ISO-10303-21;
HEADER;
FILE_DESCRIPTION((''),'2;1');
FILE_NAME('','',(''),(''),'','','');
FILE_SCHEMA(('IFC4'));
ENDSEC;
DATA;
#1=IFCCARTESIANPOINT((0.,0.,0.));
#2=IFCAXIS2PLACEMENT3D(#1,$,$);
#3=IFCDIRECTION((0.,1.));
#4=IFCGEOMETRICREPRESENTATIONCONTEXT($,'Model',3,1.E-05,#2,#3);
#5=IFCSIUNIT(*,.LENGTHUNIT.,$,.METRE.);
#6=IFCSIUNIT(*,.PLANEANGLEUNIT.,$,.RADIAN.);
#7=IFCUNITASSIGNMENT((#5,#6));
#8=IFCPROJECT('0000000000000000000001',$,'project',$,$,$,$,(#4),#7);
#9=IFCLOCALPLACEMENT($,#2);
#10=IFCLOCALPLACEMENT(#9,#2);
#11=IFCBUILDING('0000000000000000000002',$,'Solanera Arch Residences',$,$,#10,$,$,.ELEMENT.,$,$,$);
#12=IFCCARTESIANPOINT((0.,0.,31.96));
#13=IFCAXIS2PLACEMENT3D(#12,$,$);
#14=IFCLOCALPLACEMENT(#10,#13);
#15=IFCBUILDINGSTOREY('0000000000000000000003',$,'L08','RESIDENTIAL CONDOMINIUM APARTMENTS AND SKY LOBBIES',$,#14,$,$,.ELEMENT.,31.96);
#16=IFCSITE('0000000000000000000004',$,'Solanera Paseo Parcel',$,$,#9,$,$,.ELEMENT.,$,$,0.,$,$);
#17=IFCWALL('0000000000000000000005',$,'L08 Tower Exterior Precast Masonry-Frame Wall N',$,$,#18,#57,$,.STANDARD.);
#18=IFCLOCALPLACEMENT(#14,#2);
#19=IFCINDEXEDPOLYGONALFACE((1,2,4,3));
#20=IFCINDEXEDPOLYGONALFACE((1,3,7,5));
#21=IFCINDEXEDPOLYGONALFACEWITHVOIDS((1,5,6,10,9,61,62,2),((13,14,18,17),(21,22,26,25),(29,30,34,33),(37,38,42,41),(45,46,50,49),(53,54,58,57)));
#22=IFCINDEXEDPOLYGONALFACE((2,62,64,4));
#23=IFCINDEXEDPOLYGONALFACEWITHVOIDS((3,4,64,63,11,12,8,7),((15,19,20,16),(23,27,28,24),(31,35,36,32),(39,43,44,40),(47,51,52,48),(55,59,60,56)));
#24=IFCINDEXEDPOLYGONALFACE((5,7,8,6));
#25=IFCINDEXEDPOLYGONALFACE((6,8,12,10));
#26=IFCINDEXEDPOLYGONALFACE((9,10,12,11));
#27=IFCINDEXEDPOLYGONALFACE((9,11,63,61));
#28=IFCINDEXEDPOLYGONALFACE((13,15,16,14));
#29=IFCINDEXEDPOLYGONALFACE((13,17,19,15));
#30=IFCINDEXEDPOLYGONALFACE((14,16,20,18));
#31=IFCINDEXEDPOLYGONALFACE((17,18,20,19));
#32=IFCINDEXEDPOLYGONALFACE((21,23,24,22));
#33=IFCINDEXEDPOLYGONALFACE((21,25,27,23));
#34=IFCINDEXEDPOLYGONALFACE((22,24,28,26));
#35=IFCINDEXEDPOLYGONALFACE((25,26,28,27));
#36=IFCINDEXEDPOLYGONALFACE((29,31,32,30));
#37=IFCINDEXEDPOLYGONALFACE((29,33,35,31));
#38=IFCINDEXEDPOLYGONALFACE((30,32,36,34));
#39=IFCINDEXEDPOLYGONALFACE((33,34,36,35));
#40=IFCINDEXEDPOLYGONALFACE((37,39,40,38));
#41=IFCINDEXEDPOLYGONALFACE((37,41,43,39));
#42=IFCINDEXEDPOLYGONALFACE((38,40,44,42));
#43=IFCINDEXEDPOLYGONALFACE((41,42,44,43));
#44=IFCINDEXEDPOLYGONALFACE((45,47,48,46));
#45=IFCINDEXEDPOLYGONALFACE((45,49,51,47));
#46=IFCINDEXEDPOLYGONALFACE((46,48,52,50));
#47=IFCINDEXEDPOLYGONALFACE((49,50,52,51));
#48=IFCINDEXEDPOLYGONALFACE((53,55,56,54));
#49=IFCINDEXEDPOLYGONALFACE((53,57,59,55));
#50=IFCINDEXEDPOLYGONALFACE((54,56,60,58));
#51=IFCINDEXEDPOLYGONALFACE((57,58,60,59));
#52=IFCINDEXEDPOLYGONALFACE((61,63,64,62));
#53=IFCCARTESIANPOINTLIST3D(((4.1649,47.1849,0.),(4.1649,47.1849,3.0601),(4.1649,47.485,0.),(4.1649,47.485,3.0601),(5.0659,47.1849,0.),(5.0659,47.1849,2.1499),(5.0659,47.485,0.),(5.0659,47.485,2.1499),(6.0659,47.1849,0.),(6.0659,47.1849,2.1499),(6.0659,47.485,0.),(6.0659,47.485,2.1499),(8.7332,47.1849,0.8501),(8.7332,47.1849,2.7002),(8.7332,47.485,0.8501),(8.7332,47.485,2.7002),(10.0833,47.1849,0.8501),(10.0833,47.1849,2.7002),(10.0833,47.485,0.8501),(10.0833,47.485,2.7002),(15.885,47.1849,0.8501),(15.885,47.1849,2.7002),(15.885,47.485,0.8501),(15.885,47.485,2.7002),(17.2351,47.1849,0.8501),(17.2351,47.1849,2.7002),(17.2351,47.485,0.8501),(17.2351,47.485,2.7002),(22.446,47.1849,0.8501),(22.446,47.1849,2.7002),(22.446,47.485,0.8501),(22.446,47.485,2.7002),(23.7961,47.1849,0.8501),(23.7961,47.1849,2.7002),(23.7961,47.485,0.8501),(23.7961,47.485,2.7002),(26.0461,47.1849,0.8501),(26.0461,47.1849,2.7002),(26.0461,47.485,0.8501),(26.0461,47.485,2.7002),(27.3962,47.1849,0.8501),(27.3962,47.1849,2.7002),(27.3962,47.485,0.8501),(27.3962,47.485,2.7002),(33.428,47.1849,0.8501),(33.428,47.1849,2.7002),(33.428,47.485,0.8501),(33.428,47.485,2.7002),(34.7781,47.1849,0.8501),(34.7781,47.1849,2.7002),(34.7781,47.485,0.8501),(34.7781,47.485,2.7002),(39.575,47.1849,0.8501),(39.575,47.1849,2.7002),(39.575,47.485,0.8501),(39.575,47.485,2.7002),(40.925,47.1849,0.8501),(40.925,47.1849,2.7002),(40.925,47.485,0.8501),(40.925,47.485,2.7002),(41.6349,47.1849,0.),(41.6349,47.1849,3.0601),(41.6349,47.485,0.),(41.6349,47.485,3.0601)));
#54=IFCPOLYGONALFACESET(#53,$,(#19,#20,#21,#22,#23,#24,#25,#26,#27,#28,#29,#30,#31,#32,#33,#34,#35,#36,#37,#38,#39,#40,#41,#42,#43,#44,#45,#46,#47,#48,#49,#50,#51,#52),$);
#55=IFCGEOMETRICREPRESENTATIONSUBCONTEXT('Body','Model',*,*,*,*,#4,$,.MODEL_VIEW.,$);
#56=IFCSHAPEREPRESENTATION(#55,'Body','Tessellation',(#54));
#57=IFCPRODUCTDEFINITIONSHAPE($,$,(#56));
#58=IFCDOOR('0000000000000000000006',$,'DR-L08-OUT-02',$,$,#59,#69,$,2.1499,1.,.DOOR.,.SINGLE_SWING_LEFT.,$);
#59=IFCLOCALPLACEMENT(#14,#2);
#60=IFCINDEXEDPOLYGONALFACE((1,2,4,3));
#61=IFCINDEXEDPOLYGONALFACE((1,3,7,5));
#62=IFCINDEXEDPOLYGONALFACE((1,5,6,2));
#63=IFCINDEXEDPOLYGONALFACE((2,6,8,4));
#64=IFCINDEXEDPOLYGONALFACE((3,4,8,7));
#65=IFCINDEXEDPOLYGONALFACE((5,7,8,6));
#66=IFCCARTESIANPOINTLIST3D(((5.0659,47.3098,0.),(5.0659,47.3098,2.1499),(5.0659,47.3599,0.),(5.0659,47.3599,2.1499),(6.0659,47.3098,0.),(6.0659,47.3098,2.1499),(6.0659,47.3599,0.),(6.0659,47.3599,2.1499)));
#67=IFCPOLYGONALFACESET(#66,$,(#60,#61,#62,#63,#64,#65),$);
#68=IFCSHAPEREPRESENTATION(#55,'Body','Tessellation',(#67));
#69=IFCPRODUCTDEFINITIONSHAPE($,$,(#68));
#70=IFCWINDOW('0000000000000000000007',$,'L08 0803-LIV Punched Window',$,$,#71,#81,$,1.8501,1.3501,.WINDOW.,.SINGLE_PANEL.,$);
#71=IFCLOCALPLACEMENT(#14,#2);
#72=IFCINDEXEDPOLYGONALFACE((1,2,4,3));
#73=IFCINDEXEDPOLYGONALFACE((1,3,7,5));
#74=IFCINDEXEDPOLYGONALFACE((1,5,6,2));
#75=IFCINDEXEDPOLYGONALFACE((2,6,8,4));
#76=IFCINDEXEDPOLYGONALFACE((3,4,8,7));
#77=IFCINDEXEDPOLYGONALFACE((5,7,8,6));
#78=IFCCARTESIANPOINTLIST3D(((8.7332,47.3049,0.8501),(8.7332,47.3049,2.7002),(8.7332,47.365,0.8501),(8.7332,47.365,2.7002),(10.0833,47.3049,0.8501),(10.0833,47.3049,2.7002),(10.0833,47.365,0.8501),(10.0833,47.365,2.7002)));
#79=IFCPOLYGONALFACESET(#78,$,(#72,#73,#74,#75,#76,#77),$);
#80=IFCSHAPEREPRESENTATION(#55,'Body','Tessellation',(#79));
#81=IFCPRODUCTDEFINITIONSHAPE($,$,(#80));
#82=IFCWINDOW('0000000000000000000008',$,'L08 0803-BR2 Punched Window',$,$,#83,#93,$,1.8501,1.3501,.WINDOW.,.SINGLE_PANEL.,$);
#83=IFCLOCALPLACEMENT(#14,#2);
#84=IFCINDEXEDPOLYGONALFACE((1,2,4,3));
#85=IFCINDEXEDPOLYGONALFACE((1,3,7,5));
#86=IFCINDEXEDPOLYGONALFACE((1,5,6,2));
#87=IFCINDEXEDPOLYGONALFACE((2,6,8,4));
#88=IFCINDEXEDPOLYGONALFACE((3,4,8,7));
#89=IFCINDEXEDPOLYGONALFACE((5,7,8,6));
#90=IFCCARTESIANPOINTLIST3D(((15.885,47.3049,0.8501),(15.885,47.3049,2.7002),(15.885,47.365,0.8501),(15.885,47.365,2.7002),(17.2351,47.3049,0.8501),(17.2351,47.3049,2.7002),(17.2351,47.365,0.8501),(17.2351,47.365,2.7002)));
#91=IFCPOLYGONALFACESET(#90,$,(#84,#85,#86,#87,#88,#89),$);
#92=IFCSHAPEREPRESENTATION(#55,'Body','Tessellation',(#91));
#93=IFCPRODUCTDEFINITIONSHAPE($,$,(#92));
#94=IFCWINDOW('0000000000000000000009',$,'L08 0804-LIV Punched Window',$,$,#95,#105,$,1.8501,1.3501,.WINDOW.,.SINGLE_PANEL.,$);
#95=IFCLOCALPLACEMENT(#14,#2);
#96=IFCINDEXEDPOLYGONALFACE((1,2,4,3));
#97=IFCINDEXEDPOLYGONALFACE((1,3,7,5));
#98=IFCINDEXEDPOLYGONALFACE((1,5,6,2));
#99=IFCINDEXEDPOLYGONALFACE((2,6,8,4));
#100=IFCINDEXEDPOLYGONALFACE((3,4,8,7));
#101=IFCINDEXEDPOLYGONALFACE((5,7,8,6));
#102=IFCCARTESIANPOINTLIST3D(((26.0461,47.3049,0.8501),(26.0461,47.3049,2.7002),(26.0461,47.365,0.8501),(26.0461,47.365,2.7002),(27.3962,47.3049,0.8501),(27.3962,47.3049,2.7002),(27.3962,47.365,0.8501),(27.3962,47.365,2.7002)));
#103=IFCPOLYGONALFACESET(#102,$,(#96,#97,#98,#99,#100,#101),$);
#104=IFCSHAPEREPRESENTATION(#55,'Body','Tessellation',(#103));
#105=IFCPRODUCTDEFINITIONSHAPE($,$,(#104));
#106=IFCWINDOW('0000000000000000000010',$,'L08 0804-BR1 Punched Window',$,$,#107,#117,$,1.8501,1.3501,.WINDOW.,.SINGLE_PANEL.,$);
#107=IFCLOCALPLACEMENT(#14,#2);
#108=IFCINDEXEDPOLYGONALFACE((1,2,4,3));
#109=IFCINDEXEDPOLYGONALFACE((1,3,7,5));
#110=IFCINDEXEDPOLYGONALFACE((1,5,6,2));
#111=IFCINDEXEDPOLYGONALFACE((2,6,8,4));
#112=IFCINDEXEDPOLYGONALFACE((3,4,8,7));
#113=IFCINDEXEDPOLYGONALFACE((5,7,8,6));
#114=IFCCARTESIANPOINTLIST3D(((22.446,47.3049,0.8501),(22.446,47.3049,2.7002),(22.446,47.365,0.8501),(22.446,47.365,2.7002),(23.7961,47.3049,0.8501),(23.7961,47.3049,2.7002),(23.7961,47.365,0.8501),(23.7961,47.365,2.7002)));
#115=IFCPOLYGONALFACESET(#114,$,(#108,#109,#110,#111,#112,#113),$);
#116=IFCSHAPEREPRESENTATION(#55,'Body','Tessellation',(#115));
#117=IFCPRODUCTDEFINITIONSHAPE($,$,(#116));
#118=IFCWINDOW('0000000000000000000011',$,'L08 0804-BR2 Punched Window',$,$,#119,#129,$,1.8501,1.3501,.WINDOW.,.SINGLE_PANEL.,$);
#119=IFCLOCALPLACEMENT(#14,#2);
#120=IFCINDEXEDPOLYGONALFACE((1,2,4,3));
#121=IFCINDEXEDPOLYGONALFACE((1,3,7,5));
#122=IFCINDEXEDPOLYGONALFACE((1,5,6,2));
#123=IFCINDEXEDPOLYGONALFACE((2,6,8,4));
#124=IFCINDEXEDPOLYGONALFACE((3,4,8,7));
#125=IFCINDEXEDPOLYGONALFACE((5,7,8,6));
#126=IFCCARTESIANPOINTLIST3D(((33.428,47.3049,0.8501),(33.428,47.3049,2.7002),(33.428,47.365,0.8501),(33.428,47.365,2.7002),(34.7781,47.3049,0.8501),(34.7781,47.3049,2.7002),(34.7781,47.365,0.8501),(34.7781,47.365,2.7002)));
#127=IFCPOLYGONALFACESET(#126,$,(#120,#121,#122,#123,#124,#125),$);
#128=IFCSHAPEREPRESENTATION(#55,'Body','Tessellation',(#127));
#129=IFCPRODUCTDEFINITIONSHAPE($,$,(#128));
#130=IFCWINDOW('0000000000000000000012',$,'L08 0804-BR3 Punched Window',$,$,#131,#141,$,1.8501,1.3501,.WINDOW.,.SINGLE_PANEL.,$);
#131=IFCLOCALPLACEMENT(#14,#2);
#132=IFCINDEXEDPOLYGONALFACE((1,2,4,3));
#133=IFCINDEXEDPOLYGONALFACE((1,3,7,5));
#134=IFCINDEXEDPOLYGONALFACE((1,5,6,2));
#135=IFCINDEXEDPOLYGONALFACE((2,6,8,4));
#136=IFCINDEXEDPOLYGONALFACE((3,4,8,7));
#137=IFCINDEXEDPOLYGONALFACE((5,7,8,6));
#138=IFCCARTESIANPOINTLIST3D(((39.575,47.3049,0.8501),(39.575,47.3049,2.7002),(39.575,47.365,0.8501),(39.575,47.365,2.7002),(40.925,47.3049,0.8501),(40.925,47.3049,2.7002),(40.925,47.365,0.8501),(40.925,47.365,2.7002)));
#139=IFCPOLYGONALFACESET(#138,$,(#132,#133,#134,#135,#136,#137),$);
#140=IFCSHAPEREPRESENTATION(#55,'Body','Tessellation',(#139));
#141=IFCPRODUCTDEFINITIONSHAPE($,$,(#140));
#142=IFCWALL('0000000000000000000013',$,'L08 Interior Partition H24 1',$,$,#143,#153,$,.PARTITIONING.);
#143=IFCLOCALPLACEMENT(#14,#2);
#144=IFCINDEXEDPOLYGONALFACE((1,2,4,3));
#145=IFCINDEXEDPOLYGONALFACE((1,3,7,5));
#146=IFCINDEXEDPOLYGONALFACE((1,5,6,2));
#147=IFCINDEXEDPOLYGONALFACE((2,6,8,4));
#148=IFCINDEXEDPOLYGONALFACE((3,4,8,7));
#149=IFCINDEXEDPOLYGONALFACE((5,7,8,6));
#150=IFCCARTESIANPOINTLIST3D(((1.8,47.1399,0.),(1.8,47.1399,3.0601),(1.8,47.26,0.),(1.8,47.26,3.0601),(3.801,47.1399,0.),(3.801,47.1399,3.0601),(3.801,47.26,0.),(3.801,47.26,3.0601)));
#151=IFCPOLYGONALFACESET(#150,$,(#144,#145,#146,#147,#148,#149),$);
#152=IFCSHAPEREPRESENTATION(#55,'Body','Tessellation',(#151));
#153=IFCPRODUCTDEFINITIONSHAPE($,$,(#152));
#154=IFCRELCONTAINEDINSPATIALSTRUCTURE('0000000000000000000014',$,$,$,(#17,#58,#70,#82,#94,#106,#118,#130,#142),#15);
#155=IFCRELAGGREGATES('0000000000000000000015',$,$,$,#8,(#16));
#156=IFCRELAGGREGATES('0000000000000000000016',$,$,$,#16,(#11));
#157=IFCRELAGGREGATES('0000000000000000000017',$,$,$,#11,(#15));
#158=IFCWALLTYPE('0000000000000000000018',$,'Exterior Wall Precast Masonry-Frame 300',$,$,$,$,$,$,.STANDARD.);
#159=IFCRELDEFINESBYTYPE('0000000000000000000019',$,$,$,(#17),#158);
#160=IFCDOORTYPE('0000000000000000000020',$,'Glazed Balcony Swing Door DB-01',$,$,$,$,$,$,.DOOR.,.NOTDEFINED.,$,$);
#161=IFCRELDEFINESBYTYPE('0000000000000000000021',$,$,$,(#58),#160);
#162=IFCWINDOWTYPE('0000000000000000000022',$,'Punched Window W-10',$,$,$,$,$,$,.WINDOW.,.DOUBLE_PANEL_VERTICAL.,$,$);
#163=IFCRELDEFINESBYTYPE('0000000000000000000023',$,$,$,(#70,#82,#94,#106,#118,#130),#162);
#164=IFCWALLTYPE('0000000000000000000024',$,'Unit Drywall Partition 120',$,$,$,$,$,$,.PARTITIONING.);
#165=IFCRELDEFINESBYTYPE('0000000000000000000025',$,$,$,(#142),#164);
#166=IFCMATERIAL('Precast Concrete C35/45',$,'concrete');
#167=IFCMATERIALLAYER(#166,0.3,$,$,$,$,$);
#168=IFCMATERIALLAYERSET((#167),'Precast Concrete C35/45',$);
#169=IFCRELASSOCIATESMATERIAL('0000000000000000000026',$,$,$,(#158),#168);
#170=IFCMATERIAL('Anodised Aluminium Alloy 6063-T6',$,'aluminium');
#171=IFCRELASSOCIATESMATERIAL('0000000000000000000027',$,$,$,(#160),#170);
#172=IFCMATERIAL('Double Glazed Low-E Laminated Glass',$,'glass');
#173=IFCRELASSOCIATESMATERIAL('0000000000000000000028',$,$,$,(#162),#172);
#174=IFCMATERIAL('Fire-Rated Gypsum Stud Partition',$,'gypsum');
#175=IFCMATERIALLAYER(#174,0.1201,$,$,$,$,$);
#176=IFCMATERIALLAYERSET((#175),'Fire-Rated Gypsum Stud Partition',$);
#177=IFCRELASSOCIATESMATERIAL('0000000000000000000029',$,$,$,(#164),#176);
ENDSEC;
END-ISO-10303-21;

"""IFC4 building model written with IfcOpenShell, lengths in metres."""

from ifc_helpers import new_model, si_unit, direction, frame, frame_2d, origin, place, context, subcontext, project, spatial, rectangle, extrude, material, layer, layer_set, type_object, element, fill, save


model = new_model("IFC4")

# Units and contexts
model_context = context("Model", 3, precision=1e-05, world=origin(), true_north=direction((0.0, 1.0)))
body_context = subcontext(model_context, "Body", "Model", "MODEL_VIEW")
ifc_project = project(units=[si_unit("LENGTHUNIT", "METRE"), si_unit("PLANEANGLEUNIT", "RADIAN")], contexts=[model_context])

# Site, building, storey
site_placement = place(None, origin())
site = spatial("IfcSite", under=ifc_project, at=site_placement, Name="Solanera Paseo Parcel", CompositionType="ELEMENT", RefElevation=0.0)
building_placement = place(site_placement, origin())
building = spatial("IfcBuilding", under=site, at=building_placement, Name="Solanera Arch Residences", CompositionType="ELEMENT")
storey_placement = place(building_placement, frame((0.0, 0.0, 31.96)))
storey = spatial("IfcBuildingStorey", under=building, at=storey_placement, Name="L08", Description="RESIDENTIAL CONDOMINIUM APARTMENTS AND SKY LOBBIES", CompositionType="ELEMENT", Elevation=31.96)

# Shared definitions
ifc_material_1 = material(Name="Precast Concrete C35/45", Category="concrete")
ifc_layer_1 = layer(ifc_material_1, 0.3)
ifc_layer_set_1 = layer_set([ifc_layer_1], Name="Precast Concrete C35/45")
wall_type_1 = type_object("IfcWallType", Name="Exterior Wall Precast Masonry-Frame 300", PredefinedType="STANDARD", material=ifc_layer_set_1)

# Wall, openings, door, windows
wall_1_placement = place(storey_placement, frame((4.165, 47.335, 0.0), z_axis=(0.0, 0.0, 1.0), x_axis=(1.0, 0.0, 0.0)))
wall_1 = element("IfcWall", 1, at=wall_1_placement, inside=storey, type_object=wall_type_1, Name="L08 Tower Exterior Precast Masonry-Frame Wall N", PredefinedType="STANDARD", context=body_context, shape_type="SweptSolid", body=[
    extrude(rectangle(XDim=37.47, YDim=0.3, at=frame_2d((18.7349, 0.0))), origin(), (0.0, 0.0, 1.0), 3.0601),
])
opening_1_placement = place(wall_1_placement, frame((0.9009, 0.0, 0.0)))
opening_1 = element("IfcOpeningElement", 2, at=opening_1_placement, cuts=wall_1, PredefinedType="OPENING", context=body_context, shape_type="SweptSolid", body=[
    extrude(rectangle(XDim=1.0, YDim=2.1499, at=frame_2d((0.5, 1.075))), frame((0.0, 0.1599, 0.0), z_axis=(0.0, -1.0, 0.0), x_axis=(1.0, 0.0, 0.0)), (0.0, 0.0, 1.0), 0.32),
])
opening_2_placement = place(wall_1_placement, frame((4.5681, 0.0, 0.8501)))
opening_2 = element("IfcOpeningElement", 3, at=opening_2_placement, cuts=wall_1, PredefinedType="OPENING", context=body_context, shape_type="SweptSolid", body=[
    extrude(rectangle(XDim=1.3501, YDim=1.8501, at=frame_2d((0.675, 0.925))), frame((0.0, 0.1599, 0.0), z_axis=(0.0, -1.0, 0.0), x_axis=(1.0, 0.0, 0.0)), (0.0, 0.0, 1.0), 0.32),
])
opening_3_placement = place(wall_1_placement, frame((11.72, 0.0, 0.8501)))
opening_3 = element("IfcOpeningElement", 4, at=opening_3_placement, cuts=wall_1, PredefinedType="OPENING", context=body_context, shape_type="SweptSolid", body=[
    extrude(rectangle(XDim=1.3501, YDim=1.8501, at=frame_2d((0.675, 0.925))), frame((0.0, 0.1599, 0.0), z_axis=(0.0, -1.0, 0.0), x_axis=(1.0, 0.0, 0.0)), (0.0, 0.0, 1.0), 0.32),
])
opening_4_placement = place(wall_1_placement, frame((21.8811, 0.0, 0.8501)))
opening_4 = element("IfcOpeningElement", 5, at=opening_4_placement, cuts=wall_1, PredefinedType="OPENING", context=body_context, shape_type="SweptSolid", body=[
    extrude(rectangle(XDim=1.3501, YDim=1.8501, at=frame_2d((0.675, 0.925))), frame((0.0, 0.1599, 0.0), z_axis=(0.0, -1.0, 0.0), x_axis=(1.0, 0.0, 0.0)), (0.0, 0.0, 1.0), 0.32),
])
opening_5_placement = place(wall_1_placement, frame((18.281, 0.0, 0.8501)))
opening_5 = element("IfcOpeningElement", 6, at=opening_5_placement, cuts=wall_1, PredefinedType="OPENING", context=body_context, shape_type="SweptSolid", body=[
    extrude(rectangle(XDim=1.3501, YDim=1.8501, at=frame_2d((0.675, 0.925))), frame((0.0, 0.1599, 0.0), z_axis=(0.0, -1.0, 0.0), x_axis=(1.0, 0.0, 0.0)), (0.0, 0.0, 1.0), 0.32),
])
opening_6_placement = place(wall_1_placement, frame((29.2629, 0.0, 0.8501)))
opening_6 = element("IfcOpeningElement", 7, at=opening_6_placement, cuts=wall_1, PredefinedType="OPENING", context=body_context, shape_type="SweptSolid", body=[
    extrude(rectangle(XDim=1.3501, YDim=1.8501, at=frame_2d((0.675, 0.925))), frame((0.0, 0.1599, 0.0), z_axis=(0.0, -1.0, 0.0), x_axis=(1.0, 0.0, 0.0)), (0.0, 0.0, 1.0), 0.32),
])
opening_7_placement = place(wall_1_placement, frame((35.4099, 0.0, 0.8501)))
opening_7 = element("IfcOpeningElement", 8, at=opening_7_placement, cuts=wall_1, PredefinedType="OPENING", context=body_context, shape_type="SweptSolid", body=[
    extrude(rectangle(XDim=1.3501, YDim=1.8501, at=frame_2d((0.675, 0.925))), frame((0.0, 0.1599, 0.0), z_axis=(0.0, -1.0, 0.0), x_axis=(1.0, 0.0, 0.0)), (0.0, 0.0, 1.0), 0.32),
])
ifc_material_2 = material(Name="Anodised Aluminium Alloy 6063-T6", Category="aluminium")
door_type_1 = type_object("IfcDoorType", Name="Glazed Balcony Swing Door DB-01", OperationType="NOTDEFINED", PredefinedType="DOOR", material=ifc_material_2)
door_1_placement = place(opening_1_placement, origin())
door_1 = element("IfcDoor", 9, at=door_1_placement, inside=storey, type_object=door_type_1, Name="DR-L08-OUT-02", OperationType="SINGLE_SWING_LEFT", OverallHeight=2.1499, OverallWidth=1.0, PredefinedType="DOOR", context=body_context, shape_type="SweptSolid", body=[
    extrude(rectangle(XDim=1.0, YDim=2.1499, at=frame_2d((0.5, 1.075))), frame((0.0, 0.0249, 0.0), z_axis=(0.0, -1.0, 0.0), x_axis=(1.0, 0.0, 0.0)), (0.0, 0.0, 1.0), 0.05),
])
fill(opening_1, door_1)
ifc_material_3 = material(Name="Double Glazed Low-E Laminated Glass", Category="glass")
window_type_1 = type_object("IfcWindowType", Name="Punched Window W-10", PartitioningType="DOUBLE_PANEL_VERTICAL", PredefinedType="WINDOW", material=ifc_material_3)
window_1_placement = place(opening_2_placement, origin())
window_1 = element("IfcWindow", 10, at=window_1_placement, inside=storey, type_object=window_type_1, Name="L08 0803-LIV Punched Window", OverallHeight=1.8501, OverallWidth=1.3501, PartitioningType="SINGLE_PANEL", PredefinedType="WINDOW", context=body_context, shape_type="SweptSolid", body=[
    extrude(rectangle(XDim=1.3501, YDim=1.8501, at=frame_2d((0.675, 0.925))), frame((0.0, 0.03, 0.0), z_axis=(0.0, -1.0, 0.0), x_axis=(1.0, 0.0, 0.0)), (0.0, 0.0, 1.0), 0.0601),
])
fill(opening_2, window_1)
window_2_placement = place(opening_3_placement, origin())
window_2 = element("IfcWindow", 11, at=window_2_placement, inside=storey, type_object=window_type_1, Name="L08 0803-BR2 Punched Window", OverallHeight=1.8501, OverallWidth=1.3501, PartitioningType="SINGLE_PANEL", PredefinedType="WINDOW", context=body_context, shape_type="SweptSolid", body=[
    extrude(rectangle(XDim=1.3501, YDim=1.8501, at=frame_2d((0.675, 0.925))), frame((0.0, 0.03, 0.0), z_axis=(0.0, -1.0, 0.0), x_axis=(1.0, 0.0, 0.0)), (0.0, 0.0, 1.0), 0.0601),
])
fill(opening_3, window_2)
window_3_placement = place(opening_4_placement, origin())
window_3 = element("IfcWindow", 12, at=window_3_placement, inside=storey, type_object=window_type_1, Name="L08 0804-LIV Punched Window", OverallHeight=1.8501, OverallWidth=1.3501, PartitioningType="SINGLE_PANEL", PredefinedType="WINDOW", context=body_context, shape_type="SweptSolid", body=[
    extrude(rectangle(XDim=1.3501, YDim=1.8501, at=frame_2d((0.675, 0.925))), frame((0.0, 0.03, 0.0), z_axis=(0.0, -1.0, 0.0), x_axis=(1.0, 0.0, 0.0)), (0.0, 0.0, 1.0), 0.0601),
])
fill(opening_4, window_3)
window_4_placement = place(opening_5_placement, origin())
window_4 = element("IfcWindow", 13, at=window_4_placement, inside=storey, type_object=window_type_1, Name="L08 0804-BR1 Punched Window", OverallHeight=1.8501, OverallWidth=1.3501, PartitioningType="SINGLE_PANEL", PredefinedType="WINDOW", context=body_context, shape_type="SweptSolid", body=[
    extrude(rectangle(XDim=1.3501, YDim=1.8501, at=frame_2d((0.675, 0.925))), frame((0.0, 0.03, 0.0), z_axis=(0.0, -1.0, 0.0), x_axis=(1.0, 0.0, 0.0)), (0.0, 0.0, 1.0), 0.0601),
])
fill(opening_5, window_4)
window_5_placement = place(opening_6_placement, origin())
window_5 = element("IfcWindow", 14, at=window_5_placement, inside=storey, type_object=window_type_1, Name="L08 0804-BR2 Punched Window", OverallHeight=1.8501, OverallWidth=1.3501, PartitioningType="SINGLE_PANEL", PredefinedType="WINDOW", context=body_context, shape_type="SweptSolid", body=[
    extrude(rectangle(XDim=1.3501, YDim=1.8501, at=frame_2d((0.675, 0.925))), frame((0.0, 0.03, 0.0), z_axis=(0.0, -1.0, 0.0), x_axis=(1.0, 0.0, 0.0)), (0.0, 0.0, 1.0), 0.0601),
])
fill(opening_6, window_5)
window_6_placement = place(opening_7_placement, origin())
window_6 = element("IfcWindow", 15, at=window_6_placement, inside=storey, type_object=window_type_1, Name="L08 0804-BR3 Punched Window", OverallHeight=1.8501, OverallWidth=1.3501, PartitioningType="SINGLE_PANEL", PredefinedType="WINDOW", context=body_context, shape_type="SweptSolid", body=[
    extrude(rectangle(XDim=1.3501, YDim=1.8501, at=frame_2d((0.675, 0.925))), frame((0.0, 0.03, 0.0), z_axis=(0.0, -1.0, 0.0), x_axis=(1.0, 0.0, 0.0)), (0.0, 0.0, 1.0), 0.0601),
])
fill(opening_7, window_6)

# Wall
ifc_material_4 = material(Name="Fire-Rated Gypsum Stud Partition", Category="gypsum")
ifc_layer_2 = layer(ifc_material_4, 0.1201)
ifc_layer_set_2 = layer_set([ifc_layer_2], Name="Fire-Rated Gypsum Stud Partition")
wall_type_2 = type_object("IfcWallType", Name="Unit Drywall Partition 120", PredefinedType="PARTITIONING", material=ifc_layer_set_2)
wall_2_placement = place(storey_placement, frame((1.8, 47.2, 0.0), z_axis=(0.0, 0.0, 1.0), x_axis=(1.0, 0.0, 0.0)))
element("IfcWall", 16, at=wall_2_placement, inside=storey, type_object=wall_type_2, Name="L08 Interior Partition H24 1", PredefinedType="PARTITIONING", context=body_context, shape_type="SweptSolid", body=[
    extrude(rectangle(XDim=2.001, YDim=0.1201, at=frame_2d((1.0005, 0.0))), origin(), (0.0, 0.0, 1.0), 3.0601),
])

save(model, "model.ifc")
